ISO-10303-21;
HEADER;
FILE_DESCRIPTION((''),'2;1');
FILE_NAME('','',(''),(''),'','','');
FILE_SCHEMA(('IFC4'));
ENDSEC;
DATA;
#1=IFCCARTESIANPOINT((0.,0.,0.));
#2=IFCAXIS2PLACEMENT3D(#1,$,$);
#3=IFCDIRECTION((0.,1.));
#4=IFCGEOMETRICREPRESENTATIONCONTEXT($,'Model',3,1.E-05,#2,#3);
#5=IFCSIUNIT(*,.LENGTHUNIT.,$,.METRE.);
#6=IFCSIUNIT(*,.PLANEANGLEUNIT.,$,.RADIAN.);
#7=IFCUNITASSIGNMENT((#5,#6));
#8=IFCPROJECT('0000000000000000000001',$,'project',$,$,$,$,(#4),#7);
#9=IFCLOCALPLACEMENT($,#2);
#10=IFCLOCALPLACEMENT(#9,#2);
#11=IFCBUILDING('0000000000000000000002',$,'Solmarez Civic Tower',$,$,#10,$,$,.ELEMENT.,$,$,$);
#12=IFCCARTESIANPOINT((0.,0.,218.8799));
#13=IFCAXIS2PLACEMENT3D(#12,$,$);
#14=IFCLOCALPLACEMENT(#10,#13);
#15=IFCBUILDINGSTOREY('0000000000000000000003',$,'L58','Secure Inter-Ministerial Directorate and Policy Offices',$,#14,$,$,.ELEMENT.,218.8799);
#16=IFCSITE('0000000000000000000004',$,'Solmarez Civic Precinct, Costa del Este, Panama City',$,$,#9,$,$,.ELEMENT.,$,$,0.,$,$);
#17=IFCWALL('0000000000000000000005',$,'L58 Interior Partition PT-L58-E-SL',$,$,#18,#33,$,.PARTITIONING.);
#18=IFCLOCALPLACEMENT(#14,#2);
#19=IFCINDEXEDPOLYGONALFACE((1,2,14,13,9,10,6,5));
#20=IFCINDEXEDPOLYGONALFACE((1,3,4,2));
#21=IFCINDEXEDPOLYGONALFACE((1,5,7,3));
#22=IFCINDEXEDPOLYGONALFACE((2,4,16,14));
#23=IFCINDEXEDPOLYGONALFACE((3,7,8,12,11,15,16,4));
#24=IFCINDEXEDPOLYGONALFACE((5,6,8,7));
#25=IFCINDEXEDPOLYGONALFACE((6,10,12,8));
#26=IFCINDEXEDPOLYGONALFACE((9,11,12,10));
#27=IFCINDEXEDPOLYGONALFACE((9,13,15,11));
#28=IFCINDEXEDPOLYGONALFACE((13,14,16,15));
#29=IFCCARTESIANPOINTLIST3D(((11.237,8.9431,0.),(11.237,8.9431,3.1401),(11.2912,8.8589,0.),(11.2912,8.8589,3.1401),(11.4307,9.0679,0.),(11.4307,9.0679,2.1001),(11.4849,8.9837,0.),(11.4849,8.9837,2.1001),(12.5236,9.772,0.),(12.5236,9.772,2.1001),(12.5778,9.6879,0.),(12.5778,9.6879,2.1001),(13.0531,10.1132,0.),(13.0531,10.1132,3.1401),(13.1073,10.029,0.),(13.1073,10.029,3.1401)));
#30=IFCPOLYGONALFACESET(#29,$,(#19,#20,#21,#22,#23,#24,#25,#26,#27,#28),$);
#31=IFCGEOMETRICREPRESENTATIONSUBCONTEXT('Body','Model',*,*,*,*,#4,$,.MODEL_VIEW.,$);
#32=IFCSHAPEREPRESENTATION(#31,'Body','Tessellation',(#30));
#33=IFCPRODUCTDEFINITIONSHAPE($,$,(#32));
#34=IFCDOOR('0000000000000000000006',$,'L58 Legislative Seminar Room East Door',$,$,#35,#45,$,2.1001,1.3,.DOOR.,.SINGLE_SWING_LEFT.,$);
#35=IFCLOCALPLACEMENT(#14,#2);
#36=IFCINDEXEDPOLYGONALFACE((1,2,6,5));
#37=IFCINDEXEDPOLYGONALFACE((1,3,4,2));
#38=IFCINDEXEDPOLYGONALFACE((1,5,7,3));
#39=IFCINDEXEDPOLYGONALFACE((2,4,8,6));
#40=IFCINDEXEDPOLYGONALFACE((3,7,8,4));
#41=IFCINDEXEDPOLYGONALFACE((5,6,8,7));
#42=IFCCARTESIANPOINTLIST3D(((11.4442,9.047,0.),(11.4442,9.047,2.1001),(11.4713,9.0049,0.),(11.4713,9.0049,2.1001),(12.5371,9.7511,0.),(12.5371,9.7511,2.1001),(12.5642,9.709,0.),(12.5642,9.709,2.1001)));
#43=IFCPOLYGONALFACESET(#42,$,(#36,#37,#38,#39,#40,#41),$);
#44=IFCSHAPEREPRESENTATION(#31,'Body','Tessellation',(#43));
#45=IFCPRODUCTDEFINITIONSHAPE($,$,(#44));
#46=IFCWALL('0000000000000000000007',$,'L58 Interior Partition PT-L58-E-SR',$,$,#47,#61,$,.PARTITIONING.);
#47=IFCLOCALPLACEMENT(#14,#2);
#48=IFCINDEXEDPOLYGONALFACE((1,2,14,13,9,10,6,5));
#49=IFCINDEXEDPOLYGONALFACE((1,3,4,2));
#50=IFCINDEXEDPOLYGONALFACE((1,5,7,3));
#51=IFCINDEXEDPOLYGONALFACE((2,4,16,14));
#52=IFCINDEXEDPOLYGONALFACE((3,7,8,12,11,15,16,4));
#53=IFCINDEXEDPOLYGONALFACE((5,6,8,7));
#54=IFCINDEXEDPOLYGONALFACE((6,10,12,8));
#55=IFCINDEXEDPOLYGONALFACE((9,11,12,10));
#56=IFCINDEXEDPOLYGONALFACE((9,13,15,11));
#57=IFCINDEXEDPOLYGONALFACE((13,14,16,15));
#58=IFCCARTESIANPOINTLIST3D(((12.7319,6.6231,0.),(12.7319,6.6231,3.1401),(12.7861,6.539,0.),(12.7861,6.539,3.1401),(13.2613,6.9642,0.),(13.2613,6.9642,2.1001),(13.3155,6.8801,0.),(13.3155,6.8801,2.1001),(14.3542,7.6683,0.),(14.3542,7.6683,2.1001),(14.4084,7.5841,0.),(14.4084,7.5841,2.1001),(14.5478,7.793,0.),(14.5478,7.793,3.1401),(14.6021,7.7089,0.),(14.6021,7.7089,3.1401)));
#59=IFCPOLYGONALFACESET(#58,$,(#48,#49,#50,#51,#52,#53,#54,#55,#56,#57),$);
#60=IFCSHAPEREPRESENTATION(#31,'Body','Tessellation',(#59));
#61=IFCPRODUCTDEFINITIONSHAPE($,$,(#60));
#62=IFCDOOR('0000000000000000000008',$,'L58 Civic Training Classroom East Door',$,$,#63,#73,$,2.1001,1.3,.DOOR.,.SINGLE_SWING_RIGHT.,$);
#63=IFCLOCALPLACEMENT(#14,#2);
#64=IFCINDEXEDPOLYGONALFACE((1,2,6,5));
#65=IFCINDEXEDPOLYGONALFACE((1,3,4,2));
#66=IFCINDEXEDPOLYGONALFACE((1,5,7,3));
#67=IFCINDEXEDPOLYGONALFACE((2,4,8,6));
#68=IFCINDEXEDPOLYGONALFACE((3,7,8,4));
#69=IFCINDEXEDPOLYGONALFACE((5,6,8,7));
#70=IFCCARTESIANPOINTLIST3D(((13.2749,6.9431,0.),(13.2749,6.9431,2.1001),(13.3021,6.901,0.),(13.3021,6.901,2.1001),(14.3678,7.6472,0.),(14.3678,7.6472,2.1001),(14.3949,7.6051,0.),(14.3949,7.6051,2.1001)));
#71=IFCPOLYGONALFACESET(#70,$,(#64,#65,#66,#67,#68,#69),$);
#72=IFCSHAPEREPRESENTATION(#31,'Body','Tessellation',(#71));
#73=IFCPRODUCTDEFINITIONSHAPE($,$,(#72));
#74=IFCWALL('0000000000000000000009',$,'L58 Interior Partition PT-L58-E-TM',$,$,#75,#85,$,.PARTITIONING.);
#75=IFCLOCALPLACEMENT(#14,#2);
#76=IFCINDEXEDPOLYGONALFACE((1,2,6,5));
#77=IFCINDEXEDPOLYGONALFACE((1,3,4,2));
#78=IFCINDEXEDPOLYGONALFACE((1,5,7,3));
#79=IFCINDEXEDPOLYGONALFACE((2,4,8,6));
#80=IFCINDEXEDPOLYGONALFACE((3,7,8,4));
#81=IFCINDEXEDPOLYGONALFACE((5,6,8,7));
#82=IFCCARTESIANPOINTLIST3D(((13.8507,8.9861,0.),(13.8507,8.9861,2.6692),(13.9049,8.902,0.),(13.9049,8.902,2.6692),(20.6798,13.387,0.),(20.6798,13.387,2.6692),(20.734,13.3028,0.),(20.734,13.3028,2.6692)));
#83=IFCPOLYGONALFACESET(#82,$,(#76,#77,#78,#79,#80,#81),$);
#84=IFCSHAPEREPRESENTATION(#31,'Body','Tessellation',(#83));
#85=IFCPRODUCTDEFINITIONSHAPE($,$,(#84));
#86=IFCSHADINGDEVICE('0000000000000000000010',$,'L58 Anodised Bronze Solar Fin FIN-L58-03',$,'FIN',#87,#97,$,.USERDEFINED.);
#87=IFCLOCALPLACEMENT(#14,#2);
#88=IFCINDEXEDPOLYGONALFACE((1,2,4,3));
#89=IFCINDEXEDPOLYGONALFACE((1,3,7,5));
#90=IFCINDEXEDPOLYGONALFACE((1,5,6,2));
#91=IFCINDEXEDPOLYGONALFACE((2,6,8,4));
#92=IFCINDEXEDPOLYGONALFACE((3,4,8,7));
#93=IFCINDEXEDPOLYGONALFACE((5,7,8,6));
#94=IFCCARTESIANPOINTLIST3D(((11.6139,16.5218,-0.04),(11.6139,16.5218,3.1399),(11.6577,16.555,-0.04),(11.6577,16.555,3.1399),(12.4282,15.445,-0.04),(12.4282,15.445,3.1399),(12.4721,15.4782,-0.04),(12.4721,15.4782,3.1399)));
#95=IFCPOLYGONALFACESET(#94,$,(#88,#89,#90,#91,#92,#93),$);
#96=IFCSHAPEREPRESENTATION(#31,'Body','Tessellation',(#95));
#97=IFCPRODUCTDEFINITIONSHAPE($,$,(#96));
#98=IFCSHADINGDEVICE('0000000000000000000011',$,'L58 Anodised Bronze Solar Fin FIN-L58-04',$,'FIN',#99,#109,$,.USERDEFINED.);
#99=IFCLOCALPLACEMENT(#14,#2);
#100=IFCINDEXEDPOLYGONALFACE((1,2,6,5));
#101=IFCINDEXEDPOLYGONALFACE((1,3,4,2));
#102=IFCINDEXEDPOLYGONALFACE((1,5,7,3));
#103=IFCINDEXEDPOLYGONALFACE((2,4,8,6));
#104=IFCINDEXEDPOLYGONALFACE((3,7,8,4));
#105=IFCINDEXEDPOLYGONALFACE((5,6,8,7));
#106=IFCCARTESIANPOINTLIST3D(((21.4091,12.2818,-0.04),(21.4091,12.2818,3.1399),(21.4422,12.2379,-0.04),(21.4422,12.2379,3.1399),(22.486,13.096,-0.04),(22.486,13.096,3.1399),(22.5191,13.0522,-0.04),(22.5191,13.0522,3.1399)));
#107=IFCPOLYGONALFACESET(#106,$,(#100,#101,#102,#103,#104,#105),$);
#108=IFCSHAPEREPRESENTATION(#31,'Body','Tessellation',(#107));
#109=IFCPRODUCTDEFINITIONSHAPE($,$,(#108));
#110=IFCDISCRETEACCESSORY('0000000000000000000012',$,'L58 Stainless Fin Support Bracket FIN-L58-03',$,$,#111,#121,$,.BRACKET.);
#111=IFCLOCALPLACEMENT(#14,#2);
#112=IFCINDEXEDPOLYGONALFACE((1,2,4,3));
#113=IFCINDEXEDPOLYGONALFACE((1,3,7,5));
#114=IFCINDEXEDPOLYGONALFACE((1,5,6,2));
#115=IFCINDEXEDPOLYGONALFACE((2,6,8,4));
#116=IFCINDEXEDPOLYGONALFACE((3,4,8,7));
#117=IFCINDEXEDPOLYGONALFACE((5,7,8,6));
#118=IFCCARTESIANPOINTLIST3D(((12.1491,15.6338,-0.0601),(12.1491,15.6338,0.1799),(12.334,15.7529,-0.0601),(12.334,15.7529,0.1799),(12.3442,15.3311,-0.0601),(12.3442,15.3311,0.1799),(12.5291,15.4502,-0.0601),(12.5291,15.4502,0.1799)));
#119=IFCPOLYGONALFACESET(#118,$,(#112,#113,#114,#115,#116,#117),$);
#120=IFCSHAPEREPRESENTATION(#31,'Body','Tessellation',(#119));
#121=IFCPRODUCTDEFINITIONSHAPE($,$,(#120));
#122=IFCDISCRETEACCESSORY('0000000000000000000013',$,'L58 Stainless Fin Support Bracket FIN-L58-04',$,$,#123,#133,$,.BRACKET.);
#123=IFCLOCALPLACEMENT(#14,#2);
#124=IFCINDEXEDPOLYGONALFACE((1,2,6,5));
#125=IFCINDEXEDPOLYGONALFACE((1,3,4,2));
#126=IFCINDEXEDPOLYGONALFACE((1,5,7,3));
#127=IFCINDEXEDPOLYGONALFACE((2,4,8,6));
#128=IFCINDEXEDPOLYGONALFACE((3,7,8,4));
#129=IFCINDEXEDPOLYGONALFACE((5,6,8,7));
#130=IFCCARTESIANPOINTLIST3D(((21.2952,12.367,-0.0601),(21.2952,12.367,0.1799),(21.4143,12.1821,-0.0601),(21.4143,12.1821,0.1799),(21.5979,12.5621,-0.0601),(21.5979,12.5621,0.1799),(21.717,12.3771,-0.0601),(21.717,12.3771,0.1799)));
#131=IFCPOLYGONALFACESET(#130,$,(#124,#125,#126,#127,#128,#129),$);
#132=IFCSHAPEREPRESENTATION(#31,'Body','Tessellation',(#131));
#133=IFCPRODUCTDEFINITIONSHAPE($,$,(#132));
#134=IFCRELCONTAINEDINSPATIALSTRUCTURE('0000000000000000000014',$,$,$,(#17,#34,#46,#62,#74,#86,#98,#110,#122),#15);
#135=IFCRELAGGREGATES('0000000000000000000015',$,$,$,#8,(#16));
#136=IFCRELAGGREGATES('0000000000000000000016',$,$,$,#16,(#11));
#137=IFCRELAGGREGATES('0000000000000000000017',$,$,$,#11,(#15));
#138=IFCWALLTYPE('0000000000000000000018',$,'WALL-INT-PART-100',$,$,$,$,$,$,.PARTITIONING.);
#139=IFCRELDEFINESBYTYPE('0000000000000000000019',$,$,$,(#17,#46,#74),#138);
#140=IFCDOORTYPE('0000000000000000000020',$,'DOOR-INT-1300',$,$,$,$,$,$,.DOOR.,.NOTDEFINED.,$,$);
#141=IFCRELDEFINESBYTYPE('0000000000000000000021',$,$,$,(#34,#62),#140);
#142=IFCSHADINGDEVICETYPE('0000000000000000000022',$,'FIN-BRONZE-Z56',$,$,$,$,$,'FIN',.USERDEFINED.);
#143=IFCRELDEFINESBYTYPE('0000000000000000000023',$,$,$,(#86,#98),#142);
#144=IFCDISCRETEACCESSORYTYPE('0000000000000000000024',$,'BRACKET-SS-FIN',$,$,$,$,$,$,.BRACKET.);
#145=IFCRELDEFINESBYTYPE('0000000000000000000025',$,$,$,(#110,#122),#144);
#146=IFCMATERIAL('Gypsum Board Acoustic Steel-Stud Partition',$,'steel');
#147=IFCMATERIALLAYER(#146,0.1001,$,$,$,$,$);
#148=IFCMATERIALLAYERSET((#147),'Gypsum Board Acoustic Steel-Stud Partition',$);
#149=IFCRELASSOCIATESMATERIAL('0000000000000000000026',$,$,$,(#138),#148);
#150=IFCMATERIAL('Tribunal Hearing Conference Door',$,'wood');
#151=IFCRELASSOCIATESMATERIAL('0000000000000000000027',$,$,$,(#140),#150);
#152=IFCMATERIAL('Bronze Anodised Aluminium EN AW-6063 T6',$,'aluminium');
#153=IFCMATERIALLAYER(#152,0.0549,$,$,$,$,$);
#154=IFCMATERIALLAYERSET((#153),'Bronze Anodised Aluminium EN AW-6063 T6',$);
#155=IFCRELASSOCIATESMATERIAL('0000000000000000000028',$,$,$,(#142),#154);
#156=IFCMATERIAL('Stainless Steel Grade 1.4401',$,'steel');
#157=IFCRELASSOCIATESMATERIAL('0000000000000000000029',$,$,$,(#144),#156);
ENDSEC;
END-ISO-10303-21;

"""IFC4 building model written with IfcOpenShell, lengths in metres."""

from ifc_helpers import new_model, si_unit, direction, frame, frame_2d, origin, origin_2d, place, context, subcontext, project, spatial, rectangle, extrude, material, layer, layer_set, type_object, element, fill, save


model = new_model("IFC4")

# Units and contexts
model_context = context("Model", 3, precision=1e-05, world=origin(), true_north=direction((0.0, 1.0)))
body_context = subcontext(model_context, "Body", "Model", "MODEL_VIEW")
ifc_project = project(units=[si_unit("LENGTHUNIT", "METRE"), si_unit("PLANEANGLEUNIT", "RADIAN")], contexts=[model_context])

# Site, building, storey
site_placement = place(None, origin())
site = spatial("IfcSite", under=ifc_project, at=site_placement, Name="Solmarez Civic Precinct, Costa del Este, Panama City", CompositionType="ELEMENT", RefElevation=0.0)
building_placement = place(site_placement, origin())
building = spatial("IfcBuilding", under=site, at=building_placement, Name="Solmarez Civic Tower", CompositionType="ELEMENT")
storey_placement = place(building_placement, frame((0.0, 0.0, 218.8799)))
storey = spatial("IfcBuildingStorey", under=building, at=storey_placement, Name="L58", Description="Secure Inter-Ministerial Directorate and Policy Offices", CompositionType="ELEMENT", Elevation=218.8799)

# Shared definitions
ifc_material_1 = material(Name="Bronze Anodised Aluminium EN AW-6063 T6", Category="aluminium")

# Walls, openings, doors
ifc_material_2 = material(Name="Gypsum Board Acoustic Steel-Stud Partition", Category="steel")
ifc_layer_1 = layer(ifc_material_2, 0.1001)
ifc_layer_set_1 = layer_set([ifc_layer_1], Name="Gypsum Board Acoustic Steel-Stud Partition")
wall_type_1 = type_object("IfcWallType", Name="WALL-INT-PART-100", PredefinedType="PARTITIONING", material=ifc_layer_set_1)
wall_1_placement = place(storey_placement, frame((13.0801, 10.071, 0.0), z_axis=(0.0, 0.0, 1.0), x_axis=(-0.840624, -0.54162, 0.0)))
wall_1 = element("IfcWall", 1, at=wall_1_placement, inside=storey, type_object=wall_type_1, Name="L58 Interior Partition PT-L58-E-SL", PredefinedType="PARTITIONING", context=body_context, shape_type="SweptSolid", body=[
    extrude(rectangle(XDim=2.1604, YDim=0.1001, at=frame_2d((1.0801, 0.0))), origin(), (0.0, 0.0, 1.0), 3.1401),
])
opening_1_placement = place(wall_1_placement, frame((0.6299, 0.0, 0.0)))
opening_1 = element("IfcOpeningElement", 2, at=opening_1_placement, cuts=wall_1, PredefinedType="OPENING", context=body_context, shape_type="SweptSolid", body=[
    extrude(rectangle(XDim=1.3, YDim=2.1001, at=frame_2d((0.6499, 1.05))), frame((0.0, 0.0601, 0.0), z_axis=(0.0, -1.0, 0.0), x_axis=(1.0, 0.0, 0.0)), (0.0, 0.0, 1.0), 0.1201),
])
ifc_material_3 = material(Name="Tribunal Hearing Conference Door", Category="wood")
door_type = type_object("IfcDoorType", Name="DOOR-INT-1300", OperationType="NOTDEFINED", PredefinedType="DOOR", material=ifc_material_3)
door_1_placement = place(opening_1_placement, origin())
door_1 = element("IfcDoor", 3, at=door_1_placement, inside=storey, type_object=door_type, Name="L58 Legislative Seminar Room East Door", OperationType="SINGLE_SWING_LEFT", OverallHeight=2.1001, OverallWidth=1.3, PredefinedType="DOOR", context=body_context, shape_type="SweptSolid", body=[
    extrude(rectangle(XDim=1.3, YDim=2.1001, at=frame_2d((0.6499, 1.05))), frame((0.0, 0.0249, 0.0), z_axis=(0.0, -1.0, 0.0), x_axis=(1.0, 0.0, 0.0)), (0.0, 0.0, 1.0), 0.05),
])
fill(opening_1, door_1)
wall_2_placement = place(storey_placement, frame((12.759, 6.5811, 0.0), z_axis=(0.0, 0.0, 1.0), x_axis=(0.840642, 0.541591, 0.0)))
wall_2 = element("IfcWall", 4, at=wall_2_placement, inside=storey, type_object=wall_type_1, Name="L58 Interior Partition PT-L58-E-SR", PredefinedType="PARTITIONING", context=body_context, shape_type="SweptSolid", body=[
    extrude(rectangle(XDim=2.1602, YDim=0.1001, at=frame_2d((1.0801, 0.0))), origin(), (0.0, 0.0, 1.0), 3.1401),
])
opening_2_placement = place(wall_2_placement, frame((0.6299, 0.0, 0.0)))
opening_2 = element("IfcOpeningElement", 5, at=opening_2_placement, cuts=wall_2, PredefinedType="OPENING", context=body_context, shape_type="SweptSolid", body=[
    extrude(rectangle(XDim=1.3, YDim=2.1001, at=frame_2d((0.6499, 1.05))), frame((0.0, 0.0601, 0.0), z_axis=(0.0, -1.0, 0.0), x_axis=(1.0, 0.0, 0.0)), (0.0, 0.0, 1.0), 0.1201),
])
door_2_placement = place(opening_2_placement, origin())
door_2 = element("IfcDoor", 6, at=door_2_placement, inside=storey, type_object=door_type, Name="L58 Civic Training Classroom East Door", OperationType="SINGLE_SWING_RIGHT", OverallHeight=2.1001, OverallWidth=1.3, PredefinedType="DOOR", context=body_context, shape_type="SweptSolid", body=[
    extrude(rectangle(XDim=1.3, YDim=2.1001, at=frame_2d((0.6499, 1.05))), frame((0.0, 0.0249, 0.0), z_axis=(0.0, -1.0, 0.0), x_axis=(1.0, 0.0, 0.0)), (0.0, 0.0, 1.0), 0.05),
])
fill(opening_2, door_2)

# Wall
wall_3_placement = place(storey_placement, frame((13.8779, 8.9441, 0.0), z_axis=(0.0, 0.0, 1.0), x_axis=(0.840577, 0.541693, 0.0)))
element("IfcWall", 7, at=wall_3_placement, inside=storey, type_object=wall_type_1, Name="L58 Interior Partition PT-L58-E-TM", PredefinedType="PARTITIONING", context=body_context, shape_type="SweptSolid", body=[
    extrude(rectangle(XDim=8.1243, YDim=0.1001, at=frame_2d((4.062, 0.0))), origin(), (0.0, 0.0, 1.0), 2.6692),
])

# Shading devices
ifc_layer_2 = layer(ifc_material_1, 0.0549)
ifc_layer_set_2 = layer_set([ifc_layer_2], Name="Bronze Anodised Aluminium EN AW-6063 T6")
shading_device_type = type_object("IfcShadingDeviceType", Name="FIN-BRONZE-Z56", ElementType="FIN", PredefinedType="USERDEFINED", material=ifc_layer_set_2)
for number, where, z_axis, x_axis, name in (
    (8, (12.043, 16.0, -0.04), (0.0, 0.0, 1.0), (-0.603194, 0.797594, 0.0), "L58 Anodised Bronze Solar Fin FIN-L58-03"),
    (9, (21.9641, 12.667, -0.04), (0.0, 0.0, 1.0), (0.797647, 0.603124, 0.0), "L58 Anodised Bronze Solar Fin FIN-L58-04"),
):
    element("IfcShadingDevice", number, at=place(storey_placement, frame(where, z_axis=z_axis, x_axis=x_axis)), inside=storey, type_object=shading_device_type, Name=name, ObjectType="FIN", PredefinedType="USERDEFINED", context=body_context, shape_type="SweptSolid", body=[
        extrude(rectangle(XDim=1.3501, YDim=0.0549, at=origin_2d()), origin(), (0.0, 0.0, 1.0), 3.1799),
    ])

# Discrete accessories
ifc_material_4 = material(Name="Stainless Steel Grade 1.4401", Category="steel")
discrete_accessory_type = type_object("IfcDiscreteAccessoryType", Name="BRACKET-SS-FIN", PredefinedType="BRACKET", material=ifc_material_4)
for number, where, z_axis, x_axis, name in (
    (10, (12.3391, 15.542, -0.0601), (0.0, 0.0, 1.0), (-0.541718, 0.840561, 0.0), "L58 Stainless Fin Support Bracket FIN-L58-03"),
    (11, (21.5061, 12.3721, -0.0601), (0.0, 0.0, 1.0), (0.840606, 0.541647, 0.0), "L58 Stainless Fin Support Bracket FIN-L58-04"),
):
    element("IfcDiscreteAccessory", number, at=place(storey_placement, frame(where, z_axis=z_axis, x_axis=x_axis)), inside=storey, type_object=discrete_accessory_type, Name=name, PredefinedType="BRACKET", context=body_context, shape_type="SweptSolid", body=[
        extrude(rectangle(XDim=0.3601, YDim=0.22, at=origin_2d()), origin(), (0.0, 0.0, 1.0), 0.24),
    ])

save(model, "model.ifc")
